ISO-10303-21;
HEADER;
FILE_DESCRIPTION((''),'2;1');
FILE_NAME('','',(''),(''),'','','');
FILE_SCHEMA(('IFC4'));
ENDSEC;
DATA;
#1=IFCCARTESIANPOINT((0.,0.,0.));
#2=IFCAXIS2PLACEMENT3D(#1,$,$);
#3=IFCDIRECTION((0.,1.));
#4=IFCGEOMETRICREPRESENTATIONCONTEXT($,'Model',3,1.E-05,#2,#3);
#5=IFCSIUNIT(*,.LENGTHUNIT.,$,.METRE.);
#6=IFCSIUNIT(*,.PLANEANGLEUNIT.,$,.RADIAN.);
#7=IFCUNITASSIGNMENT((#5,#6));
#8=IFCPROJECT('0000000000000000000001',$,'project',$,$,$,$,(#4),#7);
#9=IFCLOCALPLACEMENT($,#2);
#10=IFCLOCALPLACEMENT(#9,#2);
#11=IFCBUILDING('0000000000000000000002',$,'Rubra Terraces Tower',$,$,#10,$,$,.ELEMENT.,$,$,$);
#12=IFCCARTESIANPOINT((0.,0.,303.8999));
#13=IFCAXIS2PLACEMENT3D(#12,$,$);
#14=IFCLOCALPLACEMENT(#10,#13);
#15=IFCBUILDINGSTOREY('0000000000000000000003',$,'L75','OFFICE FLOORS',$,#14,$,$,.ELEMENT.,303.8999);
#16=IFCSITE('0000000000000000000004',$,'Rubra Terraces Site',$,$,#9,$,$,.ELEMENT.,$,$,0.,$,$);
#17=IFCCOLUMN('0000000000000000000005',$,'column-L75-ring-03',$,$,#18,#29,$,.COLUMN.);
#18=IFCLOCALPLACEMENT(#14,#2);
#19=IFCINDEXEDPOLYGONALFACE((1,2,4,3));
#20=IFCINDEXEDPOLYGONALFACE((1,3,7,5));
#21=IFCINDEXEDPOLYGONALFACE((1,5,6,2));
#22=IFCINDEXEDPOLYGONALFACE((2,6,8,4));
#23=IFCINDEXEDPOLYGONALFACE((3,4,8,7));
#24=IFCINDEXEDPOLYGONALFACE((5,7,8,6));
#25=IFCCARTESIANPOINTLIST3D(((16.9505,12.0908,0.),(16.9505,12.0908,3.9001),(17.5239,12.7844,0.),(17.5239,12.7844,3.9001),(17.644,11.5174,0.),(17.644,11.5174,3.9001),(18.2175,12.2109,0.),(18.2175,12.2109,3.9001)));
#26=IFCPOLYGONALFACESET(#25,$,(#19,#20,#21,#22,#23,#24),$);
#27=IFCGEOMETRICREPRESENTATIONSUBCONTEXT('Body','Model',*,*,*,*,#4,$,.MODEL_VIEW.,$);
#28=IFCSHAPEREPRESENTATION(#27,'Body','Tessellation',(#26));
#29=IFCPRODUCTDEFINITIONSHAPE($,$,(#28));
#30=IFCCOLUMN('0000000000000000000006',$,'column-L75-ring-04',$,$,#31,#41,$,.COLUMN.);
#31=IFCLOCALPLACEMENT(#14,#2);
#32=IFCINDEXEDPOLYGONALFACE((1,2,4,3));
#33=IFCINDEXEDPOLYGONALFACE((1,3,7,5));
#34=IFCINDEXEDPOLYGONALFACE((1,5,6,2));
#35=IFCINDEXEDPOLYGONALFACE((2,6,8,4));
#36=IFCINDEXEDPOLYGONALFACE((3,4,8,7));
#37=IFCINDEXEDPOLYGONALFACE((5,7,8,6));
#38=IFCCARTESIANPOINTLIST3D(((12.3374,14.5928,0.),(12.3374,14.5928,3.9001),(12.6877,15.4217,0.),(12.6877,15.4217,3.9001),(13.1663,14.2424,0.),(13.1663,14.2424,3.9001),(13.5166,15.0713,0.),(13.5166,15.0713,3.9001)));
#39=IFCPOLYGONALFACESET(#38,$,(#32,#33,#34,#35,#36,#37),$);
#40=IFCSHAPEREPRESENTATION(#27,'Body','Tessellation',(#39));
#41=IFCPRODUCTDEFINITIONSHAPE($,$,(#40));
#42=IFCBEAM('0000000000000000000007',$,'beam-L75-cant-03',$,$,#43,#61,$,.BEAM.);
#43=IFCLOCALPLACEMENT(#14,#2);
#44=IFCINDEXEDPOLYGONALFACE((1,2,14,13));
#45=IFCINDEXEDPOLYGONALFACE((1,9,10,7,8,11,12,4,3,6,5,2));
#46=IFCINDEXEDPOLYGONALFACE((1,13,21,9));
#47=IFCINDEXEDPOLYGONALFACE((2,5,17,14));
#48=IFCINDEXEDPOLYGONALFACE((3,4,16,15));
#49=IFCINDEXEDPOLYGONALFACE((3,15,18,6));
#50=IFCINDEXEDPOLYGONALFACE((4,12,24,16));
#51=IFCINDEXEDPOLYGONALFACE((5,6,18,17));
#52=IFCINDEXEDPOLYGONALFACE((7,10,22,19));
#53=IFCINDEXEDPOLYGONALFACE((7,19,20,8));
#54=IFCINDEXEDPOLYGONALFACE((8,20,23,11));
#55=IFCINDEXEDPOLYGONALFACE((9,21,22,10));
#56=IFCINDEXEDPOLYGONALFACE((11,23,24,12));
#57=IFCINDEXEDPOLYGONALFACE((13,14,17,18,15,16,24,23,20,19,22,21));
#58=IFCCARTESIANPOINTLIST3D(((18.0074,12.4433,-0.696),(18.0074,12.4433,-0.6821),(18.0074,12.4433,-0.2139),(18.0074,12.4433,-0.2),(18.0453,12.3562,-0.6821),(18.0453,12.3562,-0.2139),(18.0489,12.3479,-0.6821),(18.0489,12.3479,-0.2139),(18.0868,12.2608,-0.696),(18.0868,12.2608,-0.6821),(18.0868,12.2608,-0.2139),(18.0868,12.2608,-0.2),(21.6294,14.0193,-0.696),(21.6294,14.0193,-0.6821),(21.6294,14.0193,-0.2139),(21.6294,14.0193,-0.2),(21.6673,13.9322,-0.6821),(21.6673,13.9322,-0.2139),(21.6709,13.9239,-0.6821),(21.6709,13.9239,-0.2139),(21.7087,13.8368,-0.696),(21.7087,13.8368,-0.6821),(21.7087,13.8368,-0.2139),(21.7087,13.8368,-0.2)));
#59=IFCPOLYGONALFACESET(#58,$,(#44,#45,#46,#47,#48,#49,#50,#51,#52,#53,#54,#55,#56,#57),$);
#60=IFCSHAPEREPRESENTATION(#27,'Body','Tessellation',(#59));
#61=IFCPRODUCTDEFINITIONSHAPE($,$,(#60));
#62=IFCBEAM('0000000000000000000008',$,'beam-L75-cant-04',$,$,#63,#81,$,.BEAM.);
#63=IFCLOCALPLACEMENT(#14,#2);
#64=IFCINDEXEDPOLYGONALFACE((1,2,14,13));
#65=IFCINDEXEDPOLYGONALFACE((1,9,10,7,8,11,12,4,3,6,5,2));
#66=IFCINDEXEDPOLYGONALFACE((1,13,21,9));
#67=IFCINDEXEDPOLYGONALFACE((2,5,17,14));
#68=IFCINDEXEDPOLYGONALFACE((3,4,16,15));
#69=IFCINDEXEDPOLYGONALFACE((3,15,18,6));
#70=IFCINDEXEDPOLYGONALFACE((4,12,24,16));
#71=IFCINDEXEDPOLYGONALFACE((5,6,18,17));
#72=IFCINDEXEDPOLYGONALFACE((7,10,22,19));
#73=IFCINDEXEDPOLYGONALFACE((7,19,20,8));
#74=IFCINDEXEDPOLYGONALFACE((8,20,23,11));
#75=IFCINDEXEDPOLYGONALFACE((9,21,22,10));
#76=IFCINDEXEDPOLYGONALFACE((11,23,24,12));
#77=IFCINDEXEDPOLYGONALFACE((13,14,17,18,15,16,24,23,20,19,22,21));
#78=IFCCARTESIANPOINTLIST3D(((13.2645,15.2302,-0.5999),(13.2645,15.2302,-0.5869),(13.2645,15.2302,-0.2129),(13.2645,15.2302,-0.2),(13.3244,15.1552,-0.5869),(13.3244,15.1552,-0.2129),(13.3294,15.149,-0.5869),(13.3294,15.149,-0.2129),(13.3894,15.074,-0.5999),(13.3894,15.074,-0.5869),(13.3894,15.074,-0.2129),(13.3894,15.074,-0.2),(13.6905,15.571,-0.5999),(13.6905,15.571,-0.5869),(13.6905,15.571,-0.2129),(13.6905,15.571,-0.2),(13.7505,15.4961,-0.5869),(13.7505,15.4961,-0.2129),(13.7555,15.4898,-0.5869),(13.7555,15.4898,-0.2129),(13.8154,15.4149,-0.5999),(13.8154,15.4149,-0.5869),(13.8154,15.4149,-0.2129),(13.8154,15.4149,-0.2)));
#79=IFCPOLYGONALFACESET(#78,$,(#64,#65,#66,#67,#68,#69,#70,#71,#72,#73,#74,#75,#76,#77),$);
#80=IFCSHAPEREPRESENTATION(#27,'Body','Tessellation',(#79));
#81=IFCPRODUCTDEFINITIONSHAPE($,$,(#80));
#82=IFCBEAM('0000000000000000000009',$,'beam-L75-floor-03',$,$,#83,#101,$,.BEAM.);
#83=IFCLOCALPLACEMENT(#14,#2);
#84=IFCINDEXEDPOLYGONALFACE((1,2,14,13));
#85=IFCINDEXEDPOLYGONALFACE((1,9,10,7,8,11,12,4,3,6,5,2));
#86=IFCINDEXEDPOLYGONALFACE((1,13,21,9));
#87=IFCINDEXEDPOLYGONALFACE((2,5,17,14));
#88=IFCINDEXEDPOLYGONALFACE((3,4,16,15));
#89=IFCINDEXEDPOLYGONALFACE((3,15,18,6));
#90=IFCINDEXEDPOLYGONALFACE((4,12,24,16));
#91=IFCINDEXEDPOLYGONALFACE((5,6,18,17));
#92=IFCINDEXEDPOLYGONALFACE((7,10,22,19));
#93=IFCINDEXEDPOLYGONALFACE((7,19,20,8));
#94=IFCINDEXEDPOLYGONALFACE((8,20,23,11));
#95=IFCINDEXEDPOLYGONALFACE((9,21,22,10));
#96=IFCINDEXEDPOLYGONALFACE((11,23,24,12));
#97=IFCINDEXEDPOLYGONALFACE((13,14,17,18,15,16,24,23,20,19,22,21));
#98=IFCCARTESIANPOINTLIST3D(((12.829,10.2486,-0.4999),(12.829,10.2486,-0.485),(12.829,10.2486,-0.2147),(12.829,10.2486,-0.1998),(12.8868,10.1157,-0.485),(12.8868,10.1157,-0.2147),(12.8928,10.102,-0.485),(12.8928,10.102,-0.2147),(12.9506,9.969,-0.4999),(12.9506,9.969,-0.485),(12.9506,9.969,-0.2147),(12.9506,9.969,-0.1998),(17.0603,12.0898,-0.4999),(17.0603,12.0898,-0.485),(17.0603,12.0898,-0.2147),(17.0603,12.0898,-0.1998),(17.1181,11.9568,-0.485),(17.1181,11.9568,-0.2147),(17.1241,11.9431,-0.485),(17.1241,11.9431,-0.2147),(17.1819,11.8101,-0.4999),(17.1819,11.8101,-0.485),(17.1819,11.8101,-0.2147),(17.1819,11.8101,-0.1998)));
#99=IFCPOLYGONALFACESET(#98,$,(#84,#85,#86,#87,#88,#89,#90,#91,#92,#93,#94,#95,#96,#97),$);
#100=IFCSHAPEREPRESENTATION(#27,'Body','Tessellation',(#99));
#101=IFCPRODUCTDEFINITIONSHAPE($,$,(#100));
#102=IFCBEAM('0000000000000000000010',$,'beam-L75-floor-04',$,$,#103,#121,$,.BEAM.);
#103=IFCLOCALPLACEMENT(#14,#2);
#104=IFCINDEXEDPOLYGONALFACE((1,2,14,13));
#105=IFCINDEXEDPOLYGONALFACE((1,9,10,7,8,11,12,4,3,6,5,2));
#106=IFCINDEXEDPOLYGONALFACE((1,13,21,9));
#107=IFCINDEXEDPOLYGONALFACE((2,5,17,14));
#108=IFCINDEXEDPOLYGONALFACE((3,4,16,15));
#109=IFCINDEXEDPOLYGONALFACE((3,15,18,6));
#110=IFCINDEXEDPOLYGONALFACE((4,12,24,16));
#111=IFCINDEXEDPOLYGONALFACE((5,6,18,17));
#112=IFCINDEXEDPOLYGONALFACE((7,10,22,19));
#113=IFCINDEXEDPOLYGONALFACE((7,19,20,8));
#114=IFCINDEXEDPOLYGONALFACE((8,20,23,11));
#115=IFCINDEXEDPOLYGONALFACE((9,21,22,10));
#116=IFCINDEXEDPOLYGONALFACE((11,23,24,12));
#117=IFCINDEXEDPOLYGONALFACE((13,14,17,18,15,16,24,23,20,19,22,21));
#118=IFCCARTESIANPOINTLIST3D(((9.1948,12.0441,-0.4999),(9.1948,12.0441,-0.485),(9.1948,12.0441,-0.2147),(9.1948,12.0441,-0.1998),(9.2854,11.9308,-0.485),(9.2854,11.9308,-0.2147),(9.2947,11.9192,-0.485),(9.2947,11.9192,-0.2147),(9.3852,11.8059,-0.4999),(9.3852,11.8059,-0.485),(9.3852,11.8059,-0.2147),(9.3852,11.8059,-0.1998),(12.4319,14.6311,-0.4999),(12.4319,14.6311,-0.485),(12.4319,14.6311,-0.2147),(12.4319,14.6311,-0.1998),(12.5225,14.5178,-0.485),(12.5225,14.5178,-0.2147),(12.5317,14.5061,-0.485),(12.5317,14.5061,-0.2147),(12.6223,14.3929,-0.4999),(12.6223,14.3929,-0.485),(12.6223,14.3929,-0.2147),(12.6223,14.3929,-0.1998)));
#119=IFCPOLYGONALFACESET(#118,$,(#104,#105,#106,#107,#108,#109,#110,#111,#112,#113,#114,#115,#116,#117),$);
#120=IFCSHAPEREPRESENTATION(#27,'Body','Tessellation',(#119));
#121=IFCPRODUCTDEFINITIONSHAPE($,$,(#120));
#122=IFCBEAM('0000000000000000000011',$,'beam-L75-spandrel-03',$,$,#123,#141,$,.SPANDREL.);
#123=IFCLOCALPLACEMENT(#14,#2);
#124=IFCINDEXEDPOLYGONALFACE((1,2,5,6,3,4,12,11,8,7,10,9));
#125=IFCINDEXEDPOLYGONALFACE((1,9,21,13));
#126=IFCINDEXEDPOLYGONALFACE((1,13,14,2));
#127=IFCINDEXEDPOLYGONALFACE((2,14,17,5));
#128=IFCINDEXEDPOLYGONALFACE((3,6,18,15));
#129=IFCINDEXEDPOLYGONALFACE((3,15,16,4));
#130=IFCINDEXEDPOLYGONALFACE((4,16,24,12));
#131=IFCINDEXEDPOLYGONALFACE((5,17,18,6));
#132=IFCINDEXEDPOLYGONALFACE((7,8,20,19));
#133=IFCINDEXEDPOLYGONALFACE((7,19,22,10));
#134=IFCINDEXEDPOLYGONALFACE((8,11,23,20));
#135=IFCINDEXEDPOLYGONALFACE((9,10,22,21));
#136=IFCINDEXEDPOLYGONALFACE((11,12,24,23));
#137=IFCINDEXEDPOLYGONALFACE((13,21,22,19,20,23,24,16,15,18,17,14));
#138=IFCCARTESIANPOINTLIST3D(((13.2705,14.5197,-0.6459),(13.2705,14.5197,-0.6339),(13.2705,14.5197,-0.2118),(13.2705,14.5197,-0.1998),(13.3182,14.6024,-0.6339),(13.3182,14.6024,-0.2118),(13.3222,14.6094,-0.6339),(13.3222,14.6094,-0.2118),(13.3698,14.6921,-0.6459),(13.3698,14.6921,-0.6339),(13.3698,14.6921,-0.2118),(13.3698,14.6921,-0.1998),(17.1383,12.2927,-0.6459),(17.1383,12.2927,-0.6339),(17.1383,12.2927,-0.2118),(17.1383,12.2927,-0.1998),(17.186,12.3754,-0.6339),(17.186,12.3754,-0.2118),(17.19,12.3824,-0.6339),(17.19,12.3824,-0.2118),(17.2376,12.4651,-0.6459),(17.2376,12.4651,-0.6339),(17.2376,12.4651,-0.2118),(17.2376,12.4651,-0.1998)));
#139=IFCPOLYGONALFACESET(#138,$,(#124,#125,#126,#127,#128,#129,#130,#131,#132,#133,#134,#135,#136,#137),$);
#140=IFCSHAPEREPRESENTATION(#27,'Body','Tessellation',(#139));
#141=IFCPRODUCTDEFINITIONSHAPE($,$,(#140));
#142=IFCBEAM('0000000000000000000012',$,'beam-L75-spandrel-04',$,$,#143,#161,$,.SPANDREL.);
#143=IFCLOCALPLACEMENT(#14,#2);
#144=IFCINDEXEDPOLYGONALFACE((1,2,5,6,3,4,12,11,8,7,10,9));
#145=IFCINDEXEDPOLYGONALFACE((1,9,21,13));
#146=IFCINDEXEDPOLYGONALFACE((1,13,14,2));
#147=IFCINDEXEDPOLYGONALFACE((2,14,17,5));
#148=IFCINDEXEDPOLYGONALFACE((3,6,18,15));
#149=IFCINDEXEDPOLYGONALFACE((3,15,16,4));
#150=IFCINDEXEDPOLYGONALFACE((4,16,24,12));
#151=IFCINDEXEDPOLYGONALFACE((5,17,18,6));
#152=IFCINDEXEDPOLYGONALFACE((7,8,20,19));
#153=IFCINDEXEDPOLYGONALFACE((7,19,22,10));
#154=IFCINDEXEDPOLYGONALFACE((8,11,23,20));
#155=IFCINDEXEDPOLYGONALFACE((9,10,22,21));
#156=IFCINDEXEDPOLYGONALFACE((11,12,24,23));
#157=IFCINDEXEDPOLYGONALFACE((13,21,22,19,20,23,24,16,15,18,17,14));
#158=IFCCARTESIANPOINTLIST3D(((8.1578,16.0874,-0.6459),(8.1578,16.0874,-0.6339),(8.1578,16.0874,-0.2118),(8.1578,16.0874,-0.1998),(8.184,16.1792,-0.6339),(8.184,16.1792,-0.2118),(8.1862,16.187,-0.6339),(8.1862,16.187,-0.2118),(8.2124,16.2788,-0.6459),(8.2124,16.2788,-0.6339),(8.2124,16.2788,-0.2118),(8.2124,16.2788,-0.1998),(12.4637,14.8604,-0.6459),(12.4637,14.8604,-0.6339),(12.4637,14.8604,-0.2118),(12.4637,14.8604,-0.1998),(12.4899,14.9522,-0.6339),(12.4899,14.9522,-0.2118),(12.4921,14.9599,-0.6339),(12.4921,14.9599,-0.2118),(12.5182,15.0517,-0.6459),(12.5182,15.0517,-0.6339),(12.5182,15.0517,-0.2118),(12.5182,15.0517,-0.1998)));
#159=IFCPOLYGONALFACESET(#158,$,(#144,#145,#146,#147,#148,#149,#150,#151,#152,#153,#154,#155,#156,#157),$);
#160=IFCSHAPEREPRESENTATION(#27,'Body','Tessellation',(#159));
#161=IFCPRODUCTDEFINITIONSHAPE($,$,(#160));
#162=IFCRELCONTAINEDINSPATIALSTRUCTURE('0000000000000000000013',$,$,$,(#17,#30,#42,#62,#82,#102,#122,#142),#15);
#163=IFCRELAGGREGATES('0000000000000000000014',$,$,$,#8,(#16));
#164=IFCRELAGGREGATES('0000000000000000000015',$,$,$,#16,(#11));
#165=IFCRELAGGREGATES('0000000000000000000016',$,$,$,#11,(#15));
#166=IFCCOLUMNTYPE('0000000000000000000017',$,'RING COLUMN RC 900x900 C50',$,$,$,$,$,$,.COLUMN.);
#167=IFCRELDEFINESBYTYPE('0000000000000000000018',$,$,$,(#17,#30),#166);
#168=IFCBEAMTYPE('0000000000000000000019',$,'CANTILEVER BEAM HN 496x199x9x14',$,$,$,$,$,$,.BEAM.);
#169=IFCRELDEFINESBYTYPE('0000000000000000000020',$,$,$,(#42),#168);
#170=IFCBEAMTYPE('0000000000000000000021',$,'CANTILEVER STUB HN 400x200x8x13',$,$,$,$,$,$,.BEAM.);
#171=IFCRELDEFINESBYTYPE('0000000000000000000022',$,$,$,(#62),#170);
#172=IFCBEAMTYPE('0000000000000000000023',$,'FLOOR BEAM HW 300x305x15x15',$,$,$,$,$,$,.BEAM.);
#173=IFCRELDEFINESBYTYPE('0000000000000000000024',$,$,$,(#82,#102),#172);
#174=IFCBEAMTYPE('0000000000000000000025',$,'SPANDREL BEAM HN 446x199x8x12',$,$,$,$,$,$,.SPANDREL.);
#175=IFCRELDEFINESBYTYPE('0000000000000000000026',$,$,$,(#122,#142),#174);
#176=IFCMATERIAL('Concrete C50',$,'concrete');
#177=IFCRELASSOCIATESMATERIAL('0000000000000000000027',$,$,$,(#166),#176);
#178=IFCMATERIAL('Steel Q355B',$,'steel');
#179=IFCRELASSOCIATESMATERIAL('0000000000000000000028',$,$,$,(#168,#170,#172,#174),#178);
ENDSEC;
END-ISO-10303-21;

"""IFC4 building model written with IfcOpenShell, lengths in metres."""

from ifc_helpers import new_model, si_unit, direction, frame, origin, origin_2d, place, context, subcontext, project, spatial, rectangle, i_section, extrude, material, material_profile, profile_set, type_object, element, save


model = new_model("IFC4")

# Units and contexts
model_context = context("Model", 3, precision=1e-05, world=origin(), true_north=direction((0.0, 1.0)))
body_context = subcontext(model_context, "Body", "Model", "MODEL_VIEW")
ifc_project = project(units=[si_unit("LENGTHUNIT", "METRE"), si_unit("PLANEANGLEUNIT", "RADIAN")], contexts=[model_context])

# Site, building, storey
site_placement = place(None, origin())
site = spatial("IfcSite", under=ifc_project, at=site_placement, Name="Rubra Terraces Site", CompositionType="ELEMENT", RefElevation=0.0)
building_placement = place(site_placement, origin())
building = spatial("IfcBuilding", under=site, at=building_placement, Name="Rubra Terraces Tower", CompositionType="ELEMENT")
storey_placement = place(building_placement, frame((0.0, 0.0, 303.8999)))
storey = spatial("IfcBuildingStorey", under=building, at=storey_placement, Name="L75", Description="OFFICE FLOORS", CompositionType="ELEMENT", Elevation=303.8999)

# Columns
ifc_material_1 = material(Name="Concrete C50", Category="concrete")
ifc_material_profile_1 = material_profile(ifc_material_1, rectangle(XDim=0.8999, YDim=0.8999, at=origin_2d()), Name="RC 900x900")
ifc_profile_set_1 = profile_set([ifc_material_profile_1], Name="Concrete C50")
column_type = type_object("IfcColumnType", Name="RING COLUMN RC 900x900 C50", PredefinedType="COLUMN", material=ifc_profile_set_1)
for number, where, z_axis, x_axis, name in (
    (1, (17.584, 12.1509, 0.0), (0.0, 0.0, 1.0), (-0.770679, 0.637223, 0.0), "column-L75-ring-03"),
    (2, (12.927, 14.832, 0.0), (0.0, 0.0, 1.0), (-0.921106, 0.389313, 0.0), "column-L75-ring-04"),
):
    element("IfcColumn", number, at=place(storey_placement, frame(where, z_axis=z_axis, x_axis=x_axis)), inside=storey, type_object=column_type, Name=name, PredefinedType="COLUMN", context=body_context, shape_type="SweptSolid", body=[
        extrude(rectangle(XDim=0.8999, YDim=0.8999, at=origin_2d()), origin(), (0.0, 0.0, 1.0), 3.9001),
    ])

# Beams
ifc_material_2 = material(Name="Steel Q355B", Category="steel")
ifc_material_profile_2 = material_profile(ifc_material_2, i_section(OverallWidth=0.199, OverallDepth=0.4961, WebThickness=0.009, FlangeThickness=0.0139, at=origin_2d()), Name="HN 496x199x9x14")
ifc_profile_set_2 = profile_set([ifc_material_profile_2], Name="Steel Q355B")
beam_type_1 = type_object("IfcBeamType", Name="CANTILEVER BEAM HN 496x199x9x14", PredefinedType="BEAM", material=ifc_profile_set_2)
beam_1_placement = place(storey_placement, frame((18.0471, 12.3521, -0.448), z_axis=(0.916957, 0.398986, 0.0), x_axis=(-0.398986, 0.916957, 0.0)))
element("IfcBeam", 3, at=beam_1_placement, inside=storey, type_object=beam_type_1, Name="beam-L75-cant-03", PredefinedType="BEAM", context=body_context, shape_type="SweptSolid", body=[
    extrude(i_section(OverallWidth=0.199, OverallDepth=0.4961, WebThickness=0.009, FlangeThickness=0.0139, at=origin_2d()), origin(), (0.0, 0.0, 1.0), 3.95),
])
ifc_material_profile_3 = material_profile(ifc_material_2, i_section(OverallWidth=0.2, OverallDepth=0.3999, WebThickness=0.0081, FlangeThickness=0.0129, at=origin_2d()), Name="HN 400x200x8x13")
ifc_profile_set_3 = profile_set([ifc_material_profile_3], Name="Steel Q355B")
beam_type_2 = type_object("IfcBeamType", Name="CANTILEVER STUB HN 400x200x8x13", PredefinedType="BEAM", material=ifc_profile_set_3)
beam_2_placement = place(storey_placement, frame((13.3269, 15.1521, -0.3999), z_axis=(0.780869, 0.624695, 0.0), x_axis=(-0.624695, 0.780869, 0.0)))
element("IfcBeam", 4, at=beam_2_placement, inside=storey, type_object=beam_type_2, Name="beam-L75-cant-04", PredefinedType="BEAM", context=body_context, shape_type="SweptSolid", body=[
    extrude(i_section(OverallWidth=0.2, OverallDepth=0.3999, WebThickness=0.0081, FlangeThickness=0.0129, at=origin_2d()), origin(), (0.0, 0.0, 1.0), 0.5457),
])
ifc_material_profile_4 = material_profile(ifc_material_2, i_section(OverallWidth=0.3049, OverallDepth=0.3, WebThickness=0.0149, FlangeThickness=0.0149, at=origin_2d()), Name="HW 300x305x15x15")
ifc_profile_set_4 = profile_set([ifc_material_profile_4], Name="Steel Q355B")
beam_type_3 = type_object("IfcBeamType", Name="FLOOR BEAM HW 300x305x15x15", PredefinedType="BEAM", material=ifc_profile_set_4)
beam_3_placement = place(storey_placement, frame((17.1211, 11.95, -0.3499), z_axis=(-0.916958, -0.398983, 0.0), x_axis=(0.398983, -0.916958, 0.0)))
element("IfcBeam", 5, at=beam_3_placement, inside=storey, type_object=beam_type_3, Name="beam-L75-floor-03", PredefinedType="BEAM", context=body_context, shape_type="SweptSolid", body=[
    extrude(i_section(OverallWidth=0.3049, OverallDepth=0.3, WebThickness=0.0149, FlangeThickness=0.0149, at=origin_2d()), origin(), (0.0, 0.0, 1.0), 4.6145),
])
beam_4_placement = place(storey_placement, frame((12.5271, 14.512, -0.3499), z_axis=(-0.781191, -0.624293, 0.0), x_axis=(0.624293, -0.781191, 0.0)))
element("IfcBeam", 6, at=beam_4_placement, inside=storey, type_object=beam_type_3, Name="beam-L75-floor-04", PredefinedType="BEAM", context=body_context, shape_type="SweptSolid", body=[
    extrude(i_section(OverallWidth=0.3049, OverallDepth=0.3, WebThickness=0.0149, FlangeThickness=0.0149, at=origin_2d()), origin(), (0.0, 0.0, 1.0), 4.1438),
])
ifc_material_profile_5 = material_profile(ifc_material_2, i_section(OverallWidth=0.199, OverallDepth=0.446, WebThickness=0.0081, FlangeThickness=0.012, at=origin_2d()), Name="HN 446x199x8x12")
ifc_profile_set_5 = profile_set([ifc_material_profile_5], Name="Steel Q355B")
beam_type_4 = type_object("IfcBeamType", Name="SPANDREL BEAM HN 446x199x8x12", PredefinedType="SPANDREL", material=ifc_profile_set_5)
beam_5_placement = place(storey_placement, frame((17.188, 12.3789, -0.4229), z_axis=(-0.866616, 0.498976, 0.0), x_axis=(-0.498976, -0.866616, 0.0)))
element("IfcBeam", 7, at=beam_5_placement, inside=storey, type_object=beam_type_4, Name="beam-L75-spandrel-03", PredefinedType="SPANDREL", context=body_context, shape_type="SweptSolid", body=[
    extrude(i_section(OverallWidth=0.199, OverallDepth=0.446, WebThickness=0.0081, FlangeThickness=0.012, at=origin_2d()), origin(), (0.0, 0.0, 1.0), 4.4631),
])
beam_6_placement = place(storey_placement, frame((12.491, 14.9561, -0.4229), z_axis=(-0.961713, 0.274058, 0.0), x_axis=(-0.274058, -0.961713, 0.0)))
element("IfcBeam", 8, at=beam_6_placement, inside=storey, type_object=beam_type_4, Name="beam-L75-spandrel-04", PredefinedType="SPANDREL", context=body_context, shape_type="SweptSolid", body=[
    extrude(i_section(OverallWidth=0.199, OverallDepth=0.446, WebThickness=0.0081, FlangeThickness=0.012, at=origin_2d()), origin(), (0.0, 0.0, 1.0), 4.4773),
])

save(model, "model.ifc")
